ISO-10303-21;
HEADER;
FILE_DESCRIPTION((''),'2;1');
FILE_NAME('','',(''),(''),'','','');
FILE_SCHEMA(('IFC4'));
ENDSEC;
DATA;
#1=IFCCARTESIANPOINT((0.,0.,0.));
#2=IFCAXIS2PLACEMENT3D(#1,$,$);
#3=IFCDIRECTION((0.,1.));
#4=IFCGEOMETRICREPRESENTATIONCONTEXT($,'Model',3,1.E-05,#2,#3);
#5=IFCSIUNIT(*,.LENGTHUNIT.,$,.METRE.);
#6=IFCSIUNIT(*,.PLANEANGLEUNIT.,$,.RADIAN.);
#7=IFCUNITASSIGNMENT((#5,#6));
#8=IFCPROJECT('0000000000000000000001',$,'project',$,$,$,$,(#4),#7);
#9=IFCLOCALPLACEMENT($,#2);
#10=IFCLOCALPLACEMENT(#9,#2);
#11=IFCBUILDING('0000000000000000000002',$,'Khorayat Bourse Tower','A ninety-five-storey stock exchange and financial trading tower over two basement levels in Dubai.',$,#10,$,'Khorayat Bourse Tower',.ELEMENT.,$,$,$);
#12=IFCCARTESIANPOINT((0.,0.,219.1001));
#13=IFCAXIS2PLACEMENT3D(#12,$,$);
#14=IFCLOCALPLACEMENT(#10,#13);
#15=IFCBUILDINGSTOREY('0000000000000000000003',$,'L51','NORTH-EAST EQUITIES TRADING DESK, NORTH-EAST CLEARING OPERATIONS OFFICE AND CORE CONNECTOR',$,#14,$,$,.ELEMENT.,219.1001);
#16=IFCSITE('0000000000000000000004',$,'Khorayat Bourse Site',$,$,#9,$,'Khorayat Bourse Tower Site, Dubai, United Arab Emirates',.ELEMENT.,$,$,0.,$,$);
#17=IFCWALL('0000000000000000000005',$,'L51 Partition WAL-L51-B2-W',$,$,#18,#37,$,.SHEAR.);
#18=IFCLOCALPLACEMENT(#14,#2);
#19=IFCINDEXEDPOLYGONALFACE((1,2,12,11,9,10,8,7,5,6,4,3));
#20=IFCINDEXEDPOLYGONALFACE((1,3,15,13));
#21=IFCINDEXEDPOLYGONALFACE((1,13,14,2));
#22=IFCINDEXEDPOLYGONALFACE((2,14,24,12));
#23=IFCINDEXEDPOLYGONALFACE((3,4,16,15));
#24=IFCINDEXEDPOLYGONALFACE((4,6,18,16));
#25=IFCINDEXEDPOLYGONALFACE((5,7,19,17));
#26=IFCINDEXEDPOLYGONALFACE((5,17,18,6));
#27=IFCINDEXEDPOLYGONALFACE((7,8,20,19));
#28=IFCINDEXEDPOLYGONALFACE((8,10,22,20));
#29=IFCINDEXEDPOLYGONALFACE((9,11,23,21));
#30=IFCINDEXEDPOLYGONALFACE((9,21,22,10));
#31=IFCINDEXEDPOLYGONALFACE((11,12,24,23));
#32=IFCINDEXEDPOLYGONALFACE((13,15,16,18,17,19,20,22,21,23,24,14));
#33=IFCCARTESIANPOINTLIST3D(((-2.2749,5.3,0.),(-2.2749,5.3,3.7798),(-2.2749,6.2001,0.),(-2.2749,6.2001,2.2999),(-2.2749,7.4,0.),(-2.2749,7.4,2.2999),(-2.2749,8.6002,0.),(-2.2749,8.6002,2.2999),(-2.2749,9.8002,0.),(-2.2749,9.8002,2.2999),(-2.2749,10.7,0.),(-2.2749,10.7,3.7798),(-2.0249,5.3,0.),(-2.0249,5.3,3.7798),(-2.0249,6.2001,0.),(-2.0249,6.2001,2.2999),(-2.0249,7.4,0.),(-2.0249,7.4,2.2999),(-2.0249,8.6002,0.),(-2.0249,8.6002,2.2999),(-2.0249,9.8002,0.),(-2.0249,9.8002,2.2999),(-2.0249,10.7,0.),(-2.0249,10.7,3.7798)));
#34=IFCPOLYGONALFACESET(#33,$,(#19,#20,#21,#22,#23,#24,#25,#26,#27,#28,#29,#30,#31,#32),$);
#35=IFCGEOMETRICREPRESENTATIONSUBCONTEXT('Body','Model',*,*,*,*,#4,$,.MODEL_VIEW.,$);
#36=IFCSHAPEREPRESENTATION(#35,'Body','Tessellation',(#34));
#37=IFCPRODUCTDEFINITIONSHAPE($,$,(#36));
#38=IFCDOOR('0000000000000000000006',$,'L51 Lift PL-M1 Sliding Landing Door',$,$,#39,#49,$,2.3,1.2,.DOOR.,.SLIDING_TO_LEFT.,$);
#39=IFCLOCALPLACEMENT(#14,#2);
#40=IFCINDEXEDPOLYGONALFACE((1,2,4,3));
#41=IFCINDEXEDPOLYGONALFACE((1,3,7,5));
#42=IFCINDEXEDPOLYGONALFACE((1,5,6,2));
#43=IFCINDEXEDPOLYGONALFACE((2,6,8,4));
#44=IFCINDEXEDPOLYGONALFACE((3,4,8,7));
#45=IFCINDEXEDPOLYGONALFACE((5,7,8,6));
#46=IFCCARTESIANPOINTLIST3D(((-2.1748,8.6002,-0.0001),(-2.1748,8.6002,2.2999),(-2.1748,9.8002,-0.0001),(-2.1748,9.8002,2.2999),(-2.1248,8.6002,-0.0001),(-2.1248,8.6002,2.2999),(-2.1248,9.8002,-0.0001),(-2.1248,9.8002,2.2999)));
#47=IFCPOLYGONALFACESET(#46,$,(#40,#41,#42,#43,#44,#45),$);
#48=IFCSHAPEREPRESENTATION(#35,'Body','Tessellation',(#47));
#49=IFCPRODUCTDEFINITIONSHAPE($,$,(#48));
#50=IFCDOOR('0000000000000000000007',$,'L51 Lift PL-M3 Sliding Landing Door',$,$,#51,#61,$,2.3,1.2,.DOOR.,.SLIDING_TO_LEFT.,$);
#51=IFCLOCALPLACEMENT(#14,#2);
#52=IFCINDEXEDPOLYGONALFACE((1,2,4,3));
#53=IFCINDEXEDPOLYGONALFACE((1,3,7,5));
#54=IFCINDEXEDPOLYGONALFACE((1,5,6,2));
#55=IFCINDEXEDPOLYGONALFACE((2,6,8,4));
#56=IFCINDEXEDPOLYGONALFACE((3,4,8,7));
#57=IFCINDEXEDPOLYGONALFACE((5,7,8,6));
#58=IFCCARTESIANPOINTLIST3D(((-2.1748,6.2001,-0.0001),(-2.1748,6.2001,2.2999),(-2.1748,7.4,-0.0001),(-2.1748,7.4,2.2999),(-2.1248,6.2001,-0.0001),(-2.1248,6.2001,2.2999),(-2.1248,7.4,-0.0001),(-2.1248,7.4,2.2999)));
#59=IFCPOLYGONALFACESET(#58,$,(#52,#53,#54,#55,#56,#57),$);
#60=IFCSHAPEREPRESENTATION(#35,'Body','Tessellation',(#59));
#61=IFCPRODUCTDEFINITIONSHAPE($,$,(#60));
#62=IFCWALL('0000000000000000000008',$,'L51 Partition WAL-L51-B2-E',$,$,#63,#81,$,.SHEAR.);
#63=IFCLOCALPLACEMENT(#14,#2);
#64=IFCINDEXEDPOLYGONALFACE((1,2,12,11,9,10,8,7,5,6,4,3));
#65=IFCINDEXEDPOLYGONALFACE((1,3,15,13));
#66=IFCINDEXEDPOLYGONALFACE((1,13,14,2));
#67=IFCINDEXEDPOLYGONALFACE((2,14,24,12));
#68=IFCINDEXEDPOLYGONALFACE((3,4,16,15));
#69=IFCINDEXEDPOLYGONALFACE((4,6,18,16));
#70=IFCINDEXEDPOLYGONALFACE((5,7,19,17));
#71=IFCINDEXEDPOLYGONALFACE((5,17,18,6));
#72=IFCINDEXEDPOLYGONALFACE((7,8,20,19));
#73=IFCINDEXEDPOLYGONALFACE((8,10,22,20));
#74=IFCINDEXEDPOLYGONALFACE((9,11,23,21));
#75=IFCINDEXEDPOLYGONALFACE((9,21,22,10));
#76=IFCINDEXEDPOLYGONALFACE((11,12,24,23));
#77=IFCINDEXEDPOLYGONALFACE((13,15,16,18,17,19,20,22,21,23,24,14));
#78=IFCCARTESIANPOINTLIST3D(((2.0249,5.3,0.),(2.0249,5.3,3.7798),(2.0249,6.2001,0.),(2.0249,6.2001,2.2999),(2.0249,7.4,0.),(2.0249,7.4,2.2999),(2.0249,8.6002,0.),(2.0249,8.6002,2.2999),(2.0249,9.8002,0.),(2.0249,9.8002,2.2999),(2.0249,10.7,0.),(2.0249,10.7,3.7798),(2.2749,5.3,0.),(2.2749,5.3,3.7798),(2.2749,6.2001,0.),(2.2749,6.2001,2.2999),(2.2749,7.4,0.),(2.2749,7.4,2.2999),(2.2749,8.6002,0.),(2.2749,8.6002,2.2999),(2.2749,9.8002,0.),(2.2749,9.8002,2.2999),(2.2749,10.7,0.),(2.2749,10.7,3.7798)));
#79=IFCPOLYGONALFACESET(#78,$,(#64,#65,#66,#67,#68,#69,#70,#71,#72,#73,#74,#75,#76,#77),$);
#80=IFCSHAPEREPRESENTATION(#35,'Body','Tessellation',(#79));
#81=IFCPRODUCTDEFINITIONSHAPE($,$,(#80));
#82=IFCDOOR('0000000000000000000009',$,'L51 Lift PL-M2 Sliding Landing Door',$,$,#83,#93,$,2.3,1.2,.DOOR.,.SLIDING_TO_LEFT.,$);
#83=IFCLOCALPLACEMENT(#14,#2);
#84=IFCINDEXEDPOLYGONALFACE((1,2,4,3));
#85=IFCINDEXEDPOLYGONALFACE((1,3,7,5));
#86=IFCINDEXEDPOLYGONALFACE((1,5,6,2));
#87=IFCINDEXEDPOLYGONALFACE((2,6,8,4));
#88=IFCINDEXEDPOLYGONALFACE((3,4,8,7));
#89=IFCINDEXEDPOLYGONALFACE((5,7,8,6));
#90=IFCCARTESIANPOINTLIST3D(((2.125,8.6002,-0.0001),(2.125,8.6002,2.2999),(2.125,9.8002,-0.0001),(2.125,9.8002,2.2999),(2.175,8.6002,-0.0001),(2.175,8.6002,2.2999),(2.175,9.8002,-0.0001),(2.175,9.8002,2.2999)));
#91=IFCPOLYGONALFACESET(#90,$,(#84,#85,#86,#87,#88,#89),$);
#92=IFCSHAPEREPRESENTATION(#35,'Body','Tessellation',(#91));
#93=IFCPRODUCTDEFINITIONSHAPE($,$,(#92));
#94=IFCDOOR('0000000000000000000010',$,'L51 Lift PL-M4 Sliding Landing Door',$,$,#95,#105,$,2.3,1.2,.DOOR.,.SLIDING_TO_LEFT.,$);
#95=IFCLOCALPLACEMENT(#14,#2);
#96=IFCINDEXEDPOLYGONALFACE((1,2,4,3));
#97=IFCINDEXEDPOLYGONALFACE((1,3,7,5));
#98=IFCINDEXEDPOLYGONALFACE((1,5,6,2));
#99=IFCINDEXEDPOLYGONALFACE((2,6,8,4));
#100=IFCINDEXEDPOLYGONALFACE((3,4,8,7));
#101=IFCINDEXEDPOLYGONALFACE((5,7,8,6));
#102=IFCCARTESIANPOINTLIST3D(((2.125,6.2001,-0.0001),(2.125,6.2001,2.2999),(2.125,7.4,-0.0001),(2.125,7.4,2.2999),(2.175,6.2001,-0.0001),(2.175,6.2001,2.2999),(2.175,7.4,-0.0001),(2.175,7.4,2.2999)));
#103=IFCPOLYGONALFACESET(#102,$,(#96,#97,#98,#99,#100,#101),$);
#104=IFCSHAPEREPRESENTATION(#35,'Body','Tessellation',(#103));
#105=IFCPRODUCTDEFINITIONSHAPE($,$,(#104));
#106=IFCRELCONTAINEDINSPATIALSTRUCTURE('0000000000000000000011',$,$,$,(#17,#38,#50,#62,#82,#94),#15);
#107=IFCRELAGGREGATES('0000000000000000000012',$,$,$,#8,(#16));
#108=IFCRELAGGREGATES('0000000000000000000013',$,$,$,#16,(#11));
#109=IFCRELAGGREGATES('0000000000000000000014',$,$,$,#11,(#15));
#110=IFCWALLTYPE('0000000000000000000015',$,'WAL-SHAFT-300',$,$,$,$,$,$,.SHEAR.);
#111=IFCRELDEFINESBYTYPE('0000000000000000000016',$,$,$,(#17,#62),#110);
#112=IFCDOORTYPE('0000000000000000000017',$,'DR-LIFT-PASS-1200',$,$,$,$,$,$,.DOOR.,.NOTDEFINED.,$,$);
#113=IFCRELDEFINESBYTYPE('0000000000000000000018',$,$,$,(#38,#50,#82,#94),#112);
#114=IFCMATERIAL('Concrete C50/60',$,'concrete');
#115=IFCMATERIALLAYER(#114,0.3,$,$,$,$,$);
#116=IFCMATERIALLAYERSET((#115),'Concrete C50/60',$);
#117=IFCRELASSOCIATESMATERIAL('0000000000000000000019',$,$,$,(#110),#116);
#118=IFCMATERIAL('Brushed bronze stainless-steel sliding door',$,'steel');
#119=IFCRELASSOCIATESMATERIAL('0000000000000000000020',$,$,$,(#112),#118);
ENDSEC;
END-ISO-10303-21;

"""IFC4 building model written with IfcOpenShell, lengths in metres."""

from ifc_helpers import new_model, si_unit, direction, frame, frame_2d, origin, place, context, subcontext, project, spatial, rectangle, extrude, source, transform, mapped, material, layer, layer_set, type_object, element, fill, save


model = new_model("IFC4")

# Units and contexts
model_context = context("Model", 3, precision=1e-05, world=origin(), true_north=direction((0.0, 1.0)))
body_context = subcontext(model_context, "Body", "Model", "MODEL_VIEW")
ifc_project = project(units=[si_unit("LENGTHUNIT", "METRE"), si_unit("PLANEANGLEUNIT", "RADIAN")], contexts=[model_context])

# Site, building, storey
site_placement = place(None, origin())
site = spatial("IfcSite", under=ifc_project, at=site_placement, Name="Khorayat Bourse Site", LongName="Khorayat Bourse Tower Site, Dubai, United Arab Emirates", CompositionType="ELEMENT", RefElevation=0.0)
building_placement = place(site_placement, origin())
building = spatial("IfcBuilding", under=site, at=building_placement, Name="Khorayat Bourse Tower", Description="A ninety-five-storey stock exchange and financial trading tower over two basement levels in Dubai.", LongName="Khorayat Bourse Tower", CompositionType="ELEMENT")
storey_placement = place(building_placement, frame((0.0, 0.0, 219.1001)))
storey = spatial("IfcBuildingStorey", under=building, at=storey_placement, Name="L51", Description="NORTH-EAST EQUITIES TRADING DESK, NORTH-EAST CLEARING OPERATIONS OFFICE AND CORE CONNECTOR", CompositionType="ELEMENT", Elevation=219.1001)

# Shared definitions
ifc_material_1 = material(Name="Concrete C50/60", Category="concrete")
ifc_layer_1 = layer(ifc_material_1, 0.3)
ifc_layer_set_1 = layer_set([ifc_layer_1], Name="Concrete C50/60")
wall_type_1 = type_object("IfcWallType", Name="WAL-SHAFT-300", PredefinedType="SHEAR", material=ifc_layer_set_1)

# Walls, openings, doors
shared_shape_1 = source(origin(), body_context, "Body", "SweptSolid", [
    extrude(rectangle(XDim=5.3999, YDim=0.25, at=frame_2d((2.7, 0.0))), origin(), (0.0, 0.0, 1.0), 3.7798),
])
wall_1_placement = place(storey_placement, frame((-2.1499, 5.3, 0.0), z_axis=(0.0, 0.0, 1.0), x_axis=(0.0, 1.0, 0.0)))
wall_1 = element("IfcWall", 1, at=wall_1_placement, inside=storey, type_object=wall_type_1, Name="L51 Partition WAL-L51-B2-W", PredefinedType="SHEAR", context=body_context, shape_type="MappedRepresentation", body=[
    mapped(shared_shape_1, transform((0.0, 0.0, 0.0), scale=1.0)),
])
shared_shape_2 = source(origin(), body_context, "Body", "SweptSolid", [
    extrude(rectangle(XDim=1.2, YDim=2.3, at=frame_2d((0.6001, 1.1499))), frame((0.0, 0.135, 0.0), z_axis=(0.0, -1.0, 0.0), x_axis=(1.0, 0.0, 0.0)), (0.0, 0.0, 1.0), 0.27),
])
opening_1_placement = place(wall_1_placement, frame((3.3, 0.0, 0.0)))
opening_1 = element("IfcOpeningElement", 2, at=opening_1_placement, cuts=wall_1, PredefinedType="OPENING", context=body_context, shape_type="MappedRepresentation", body=[
    mapped(shared_shape_2, transform((0.0, 0.0, 0.0), scale=1.0)),
])
opening_2_placement = place(wall_1_placement, frame((0.8999, 0.0, 0.0)))
opening_2 = element("IfcOpeningElement", 3, at=opening_2_placement, cuts=wall_1, PredefinedType="OPENING", context=body_context, shape_type="MappedRepresentation", body=[
    mapped(shared_shape_2, transform((0.0, 0.0, 0.0), scale=1.0)),
])
ifc_material_2 = material(Name="Brushed bronze stainless-steel sliding door", Category="steel")
door_type_1 = type_object("IfcDoorType", Name="DR-LIFT-PASS-1200", OperationType="NOTDEFINED", PredefinedType="DOOR", material=ifc_material_2)
shared_shape_3 = source(origin(), body_context, "Body", "SweptSolid", [
    extrude(rectangle(XDim=1.2, YDim=2.3, at=frame_2d((0.6001, 1.1499))), frame((0.0, 0.0249, 0.0), z_axis=(0.0, -1.0, 0.0), x_axis=(1.0, 0.0, 0.0)), (0.0, 0.0, 1.0), 0.05),
])
door_1_placement = place(opening_1_placement, origin())
door_1 = element("IfcDoor", 4, at=door_1_placement, inside=storey, type_object=door_type_1, Name="L51 Lift PL-M1 Sliding Landing Door", OperationType="SLIDING_TO_LEFT", OverallHeight=2.3, OverallWidth=1.2, PredefinedType="DOOR", context=body_context, shape_type="MappedRepresentation", body=[
    mapped(shared_shape_3, transform((0.0, 0.0, 0.0), scale=1.0)),
])
fill(opening_1, door_1)
door_2_placement = place(opening_2_placement, origin())
door_2 = element("IfcDoor", 5, at=door_2_placement, inside=storey, type_object=door_type_1, Name="L51 Lift PL-M3 Sliding Landing Door", OperationType="SLIDING_TO_LEFT", OverallHeight=2.3, OverallWidth=1.2, PredefinedType="DOOR", context=body_context, shape_type="MappedRepresentation", body=[
    mapped(shared_shape_3, transform((0.0, 0.0, 0.0), scale=1.0)),
])
fill(opening_2, door_2)
wall_2_placement = place(storey_placement, frame((2.1499, 5.3, 0.0), z_axis=(0.0, 0.0, 1.0), x_axis=(0.0, 1.0, 0.0)))
wall_2 = element("IfcWall", 6, at=wall_2_placement, inside=storey, type_object=wall_type_1, Name="L51 Partition WAL-L51-B2-E", PredefinedType="SHEAR", context=body_context, shape_type="MappedRepresentation", body=[
    mapped(shared_shape_1, transform((0.0, 0.0, 0.0), scale=1.0)),
])
opening_3_placement = place(wall_2_placement, frame((3.3, 0.0, 0.0)))
opening_3 = element("IfcOpeningElement", 7, at=opening_3_placement, cuts=wall_2, PredefinedType="OPENING", context=body_context, shape_type="MappedRepresentation", body=[
    mapped(shared_shape_2, transform((0.0, 0.0, 0.0), scale=1.0)),
])
opening_4_placement = place(wall_2_placement, frame((0.8999, 0.0, 0.0)))
opening_4 = element("IfcOpeningElement", 8, at=opening_4_placement, cuts=wall_2, PredefinedType="OPENING", context=body_context, shape_type="MappedRepresentation", body=[
    mapped(shared_shape_2, transform((0.0, 0.0, 0.0), scale=1.0)),
])
door_3_placement = place(opening_3_placement, origin())
door_3 = element("IfcDoor", 9, at=door_3_placement, inside=storey, type_object=door_type_1, Name="L51 Lift PL-M2 Sliding Landing Door", OperationType="SLIDING_TO_LEFT", OverallHeight=2.3, OverallWidth=1.2, PredefinedType="DOOR", context=body_context, shape_type="MappedRepresentation", body=[
    mapped(shared_shape_3, transform((0.0, 0.0, 0.0), scale=1.0)),
])
fill(opening_3, door_3)
door_4_placement = place(opening_4_placement, origin())
door_4 = element("IfcDoor", 10, at=door_4_placement, inside=storey, type_object=door_type_1, Name="L51 Lift PL-M4 Sliding Landing Door", OperationType="SLIDING_TO_LEFT", OverallHeight=2.3, OverallWidth=1.2, PredefinedType="DOOR", context=body_context, shape_type="MappedRepresentation", body=[
    mapped(shared_shape_3, transform((0.0, 0.0, 0.0), scale=1.0)),
])
fill(opening_4, door_4)

save(model, "model.ifc")
